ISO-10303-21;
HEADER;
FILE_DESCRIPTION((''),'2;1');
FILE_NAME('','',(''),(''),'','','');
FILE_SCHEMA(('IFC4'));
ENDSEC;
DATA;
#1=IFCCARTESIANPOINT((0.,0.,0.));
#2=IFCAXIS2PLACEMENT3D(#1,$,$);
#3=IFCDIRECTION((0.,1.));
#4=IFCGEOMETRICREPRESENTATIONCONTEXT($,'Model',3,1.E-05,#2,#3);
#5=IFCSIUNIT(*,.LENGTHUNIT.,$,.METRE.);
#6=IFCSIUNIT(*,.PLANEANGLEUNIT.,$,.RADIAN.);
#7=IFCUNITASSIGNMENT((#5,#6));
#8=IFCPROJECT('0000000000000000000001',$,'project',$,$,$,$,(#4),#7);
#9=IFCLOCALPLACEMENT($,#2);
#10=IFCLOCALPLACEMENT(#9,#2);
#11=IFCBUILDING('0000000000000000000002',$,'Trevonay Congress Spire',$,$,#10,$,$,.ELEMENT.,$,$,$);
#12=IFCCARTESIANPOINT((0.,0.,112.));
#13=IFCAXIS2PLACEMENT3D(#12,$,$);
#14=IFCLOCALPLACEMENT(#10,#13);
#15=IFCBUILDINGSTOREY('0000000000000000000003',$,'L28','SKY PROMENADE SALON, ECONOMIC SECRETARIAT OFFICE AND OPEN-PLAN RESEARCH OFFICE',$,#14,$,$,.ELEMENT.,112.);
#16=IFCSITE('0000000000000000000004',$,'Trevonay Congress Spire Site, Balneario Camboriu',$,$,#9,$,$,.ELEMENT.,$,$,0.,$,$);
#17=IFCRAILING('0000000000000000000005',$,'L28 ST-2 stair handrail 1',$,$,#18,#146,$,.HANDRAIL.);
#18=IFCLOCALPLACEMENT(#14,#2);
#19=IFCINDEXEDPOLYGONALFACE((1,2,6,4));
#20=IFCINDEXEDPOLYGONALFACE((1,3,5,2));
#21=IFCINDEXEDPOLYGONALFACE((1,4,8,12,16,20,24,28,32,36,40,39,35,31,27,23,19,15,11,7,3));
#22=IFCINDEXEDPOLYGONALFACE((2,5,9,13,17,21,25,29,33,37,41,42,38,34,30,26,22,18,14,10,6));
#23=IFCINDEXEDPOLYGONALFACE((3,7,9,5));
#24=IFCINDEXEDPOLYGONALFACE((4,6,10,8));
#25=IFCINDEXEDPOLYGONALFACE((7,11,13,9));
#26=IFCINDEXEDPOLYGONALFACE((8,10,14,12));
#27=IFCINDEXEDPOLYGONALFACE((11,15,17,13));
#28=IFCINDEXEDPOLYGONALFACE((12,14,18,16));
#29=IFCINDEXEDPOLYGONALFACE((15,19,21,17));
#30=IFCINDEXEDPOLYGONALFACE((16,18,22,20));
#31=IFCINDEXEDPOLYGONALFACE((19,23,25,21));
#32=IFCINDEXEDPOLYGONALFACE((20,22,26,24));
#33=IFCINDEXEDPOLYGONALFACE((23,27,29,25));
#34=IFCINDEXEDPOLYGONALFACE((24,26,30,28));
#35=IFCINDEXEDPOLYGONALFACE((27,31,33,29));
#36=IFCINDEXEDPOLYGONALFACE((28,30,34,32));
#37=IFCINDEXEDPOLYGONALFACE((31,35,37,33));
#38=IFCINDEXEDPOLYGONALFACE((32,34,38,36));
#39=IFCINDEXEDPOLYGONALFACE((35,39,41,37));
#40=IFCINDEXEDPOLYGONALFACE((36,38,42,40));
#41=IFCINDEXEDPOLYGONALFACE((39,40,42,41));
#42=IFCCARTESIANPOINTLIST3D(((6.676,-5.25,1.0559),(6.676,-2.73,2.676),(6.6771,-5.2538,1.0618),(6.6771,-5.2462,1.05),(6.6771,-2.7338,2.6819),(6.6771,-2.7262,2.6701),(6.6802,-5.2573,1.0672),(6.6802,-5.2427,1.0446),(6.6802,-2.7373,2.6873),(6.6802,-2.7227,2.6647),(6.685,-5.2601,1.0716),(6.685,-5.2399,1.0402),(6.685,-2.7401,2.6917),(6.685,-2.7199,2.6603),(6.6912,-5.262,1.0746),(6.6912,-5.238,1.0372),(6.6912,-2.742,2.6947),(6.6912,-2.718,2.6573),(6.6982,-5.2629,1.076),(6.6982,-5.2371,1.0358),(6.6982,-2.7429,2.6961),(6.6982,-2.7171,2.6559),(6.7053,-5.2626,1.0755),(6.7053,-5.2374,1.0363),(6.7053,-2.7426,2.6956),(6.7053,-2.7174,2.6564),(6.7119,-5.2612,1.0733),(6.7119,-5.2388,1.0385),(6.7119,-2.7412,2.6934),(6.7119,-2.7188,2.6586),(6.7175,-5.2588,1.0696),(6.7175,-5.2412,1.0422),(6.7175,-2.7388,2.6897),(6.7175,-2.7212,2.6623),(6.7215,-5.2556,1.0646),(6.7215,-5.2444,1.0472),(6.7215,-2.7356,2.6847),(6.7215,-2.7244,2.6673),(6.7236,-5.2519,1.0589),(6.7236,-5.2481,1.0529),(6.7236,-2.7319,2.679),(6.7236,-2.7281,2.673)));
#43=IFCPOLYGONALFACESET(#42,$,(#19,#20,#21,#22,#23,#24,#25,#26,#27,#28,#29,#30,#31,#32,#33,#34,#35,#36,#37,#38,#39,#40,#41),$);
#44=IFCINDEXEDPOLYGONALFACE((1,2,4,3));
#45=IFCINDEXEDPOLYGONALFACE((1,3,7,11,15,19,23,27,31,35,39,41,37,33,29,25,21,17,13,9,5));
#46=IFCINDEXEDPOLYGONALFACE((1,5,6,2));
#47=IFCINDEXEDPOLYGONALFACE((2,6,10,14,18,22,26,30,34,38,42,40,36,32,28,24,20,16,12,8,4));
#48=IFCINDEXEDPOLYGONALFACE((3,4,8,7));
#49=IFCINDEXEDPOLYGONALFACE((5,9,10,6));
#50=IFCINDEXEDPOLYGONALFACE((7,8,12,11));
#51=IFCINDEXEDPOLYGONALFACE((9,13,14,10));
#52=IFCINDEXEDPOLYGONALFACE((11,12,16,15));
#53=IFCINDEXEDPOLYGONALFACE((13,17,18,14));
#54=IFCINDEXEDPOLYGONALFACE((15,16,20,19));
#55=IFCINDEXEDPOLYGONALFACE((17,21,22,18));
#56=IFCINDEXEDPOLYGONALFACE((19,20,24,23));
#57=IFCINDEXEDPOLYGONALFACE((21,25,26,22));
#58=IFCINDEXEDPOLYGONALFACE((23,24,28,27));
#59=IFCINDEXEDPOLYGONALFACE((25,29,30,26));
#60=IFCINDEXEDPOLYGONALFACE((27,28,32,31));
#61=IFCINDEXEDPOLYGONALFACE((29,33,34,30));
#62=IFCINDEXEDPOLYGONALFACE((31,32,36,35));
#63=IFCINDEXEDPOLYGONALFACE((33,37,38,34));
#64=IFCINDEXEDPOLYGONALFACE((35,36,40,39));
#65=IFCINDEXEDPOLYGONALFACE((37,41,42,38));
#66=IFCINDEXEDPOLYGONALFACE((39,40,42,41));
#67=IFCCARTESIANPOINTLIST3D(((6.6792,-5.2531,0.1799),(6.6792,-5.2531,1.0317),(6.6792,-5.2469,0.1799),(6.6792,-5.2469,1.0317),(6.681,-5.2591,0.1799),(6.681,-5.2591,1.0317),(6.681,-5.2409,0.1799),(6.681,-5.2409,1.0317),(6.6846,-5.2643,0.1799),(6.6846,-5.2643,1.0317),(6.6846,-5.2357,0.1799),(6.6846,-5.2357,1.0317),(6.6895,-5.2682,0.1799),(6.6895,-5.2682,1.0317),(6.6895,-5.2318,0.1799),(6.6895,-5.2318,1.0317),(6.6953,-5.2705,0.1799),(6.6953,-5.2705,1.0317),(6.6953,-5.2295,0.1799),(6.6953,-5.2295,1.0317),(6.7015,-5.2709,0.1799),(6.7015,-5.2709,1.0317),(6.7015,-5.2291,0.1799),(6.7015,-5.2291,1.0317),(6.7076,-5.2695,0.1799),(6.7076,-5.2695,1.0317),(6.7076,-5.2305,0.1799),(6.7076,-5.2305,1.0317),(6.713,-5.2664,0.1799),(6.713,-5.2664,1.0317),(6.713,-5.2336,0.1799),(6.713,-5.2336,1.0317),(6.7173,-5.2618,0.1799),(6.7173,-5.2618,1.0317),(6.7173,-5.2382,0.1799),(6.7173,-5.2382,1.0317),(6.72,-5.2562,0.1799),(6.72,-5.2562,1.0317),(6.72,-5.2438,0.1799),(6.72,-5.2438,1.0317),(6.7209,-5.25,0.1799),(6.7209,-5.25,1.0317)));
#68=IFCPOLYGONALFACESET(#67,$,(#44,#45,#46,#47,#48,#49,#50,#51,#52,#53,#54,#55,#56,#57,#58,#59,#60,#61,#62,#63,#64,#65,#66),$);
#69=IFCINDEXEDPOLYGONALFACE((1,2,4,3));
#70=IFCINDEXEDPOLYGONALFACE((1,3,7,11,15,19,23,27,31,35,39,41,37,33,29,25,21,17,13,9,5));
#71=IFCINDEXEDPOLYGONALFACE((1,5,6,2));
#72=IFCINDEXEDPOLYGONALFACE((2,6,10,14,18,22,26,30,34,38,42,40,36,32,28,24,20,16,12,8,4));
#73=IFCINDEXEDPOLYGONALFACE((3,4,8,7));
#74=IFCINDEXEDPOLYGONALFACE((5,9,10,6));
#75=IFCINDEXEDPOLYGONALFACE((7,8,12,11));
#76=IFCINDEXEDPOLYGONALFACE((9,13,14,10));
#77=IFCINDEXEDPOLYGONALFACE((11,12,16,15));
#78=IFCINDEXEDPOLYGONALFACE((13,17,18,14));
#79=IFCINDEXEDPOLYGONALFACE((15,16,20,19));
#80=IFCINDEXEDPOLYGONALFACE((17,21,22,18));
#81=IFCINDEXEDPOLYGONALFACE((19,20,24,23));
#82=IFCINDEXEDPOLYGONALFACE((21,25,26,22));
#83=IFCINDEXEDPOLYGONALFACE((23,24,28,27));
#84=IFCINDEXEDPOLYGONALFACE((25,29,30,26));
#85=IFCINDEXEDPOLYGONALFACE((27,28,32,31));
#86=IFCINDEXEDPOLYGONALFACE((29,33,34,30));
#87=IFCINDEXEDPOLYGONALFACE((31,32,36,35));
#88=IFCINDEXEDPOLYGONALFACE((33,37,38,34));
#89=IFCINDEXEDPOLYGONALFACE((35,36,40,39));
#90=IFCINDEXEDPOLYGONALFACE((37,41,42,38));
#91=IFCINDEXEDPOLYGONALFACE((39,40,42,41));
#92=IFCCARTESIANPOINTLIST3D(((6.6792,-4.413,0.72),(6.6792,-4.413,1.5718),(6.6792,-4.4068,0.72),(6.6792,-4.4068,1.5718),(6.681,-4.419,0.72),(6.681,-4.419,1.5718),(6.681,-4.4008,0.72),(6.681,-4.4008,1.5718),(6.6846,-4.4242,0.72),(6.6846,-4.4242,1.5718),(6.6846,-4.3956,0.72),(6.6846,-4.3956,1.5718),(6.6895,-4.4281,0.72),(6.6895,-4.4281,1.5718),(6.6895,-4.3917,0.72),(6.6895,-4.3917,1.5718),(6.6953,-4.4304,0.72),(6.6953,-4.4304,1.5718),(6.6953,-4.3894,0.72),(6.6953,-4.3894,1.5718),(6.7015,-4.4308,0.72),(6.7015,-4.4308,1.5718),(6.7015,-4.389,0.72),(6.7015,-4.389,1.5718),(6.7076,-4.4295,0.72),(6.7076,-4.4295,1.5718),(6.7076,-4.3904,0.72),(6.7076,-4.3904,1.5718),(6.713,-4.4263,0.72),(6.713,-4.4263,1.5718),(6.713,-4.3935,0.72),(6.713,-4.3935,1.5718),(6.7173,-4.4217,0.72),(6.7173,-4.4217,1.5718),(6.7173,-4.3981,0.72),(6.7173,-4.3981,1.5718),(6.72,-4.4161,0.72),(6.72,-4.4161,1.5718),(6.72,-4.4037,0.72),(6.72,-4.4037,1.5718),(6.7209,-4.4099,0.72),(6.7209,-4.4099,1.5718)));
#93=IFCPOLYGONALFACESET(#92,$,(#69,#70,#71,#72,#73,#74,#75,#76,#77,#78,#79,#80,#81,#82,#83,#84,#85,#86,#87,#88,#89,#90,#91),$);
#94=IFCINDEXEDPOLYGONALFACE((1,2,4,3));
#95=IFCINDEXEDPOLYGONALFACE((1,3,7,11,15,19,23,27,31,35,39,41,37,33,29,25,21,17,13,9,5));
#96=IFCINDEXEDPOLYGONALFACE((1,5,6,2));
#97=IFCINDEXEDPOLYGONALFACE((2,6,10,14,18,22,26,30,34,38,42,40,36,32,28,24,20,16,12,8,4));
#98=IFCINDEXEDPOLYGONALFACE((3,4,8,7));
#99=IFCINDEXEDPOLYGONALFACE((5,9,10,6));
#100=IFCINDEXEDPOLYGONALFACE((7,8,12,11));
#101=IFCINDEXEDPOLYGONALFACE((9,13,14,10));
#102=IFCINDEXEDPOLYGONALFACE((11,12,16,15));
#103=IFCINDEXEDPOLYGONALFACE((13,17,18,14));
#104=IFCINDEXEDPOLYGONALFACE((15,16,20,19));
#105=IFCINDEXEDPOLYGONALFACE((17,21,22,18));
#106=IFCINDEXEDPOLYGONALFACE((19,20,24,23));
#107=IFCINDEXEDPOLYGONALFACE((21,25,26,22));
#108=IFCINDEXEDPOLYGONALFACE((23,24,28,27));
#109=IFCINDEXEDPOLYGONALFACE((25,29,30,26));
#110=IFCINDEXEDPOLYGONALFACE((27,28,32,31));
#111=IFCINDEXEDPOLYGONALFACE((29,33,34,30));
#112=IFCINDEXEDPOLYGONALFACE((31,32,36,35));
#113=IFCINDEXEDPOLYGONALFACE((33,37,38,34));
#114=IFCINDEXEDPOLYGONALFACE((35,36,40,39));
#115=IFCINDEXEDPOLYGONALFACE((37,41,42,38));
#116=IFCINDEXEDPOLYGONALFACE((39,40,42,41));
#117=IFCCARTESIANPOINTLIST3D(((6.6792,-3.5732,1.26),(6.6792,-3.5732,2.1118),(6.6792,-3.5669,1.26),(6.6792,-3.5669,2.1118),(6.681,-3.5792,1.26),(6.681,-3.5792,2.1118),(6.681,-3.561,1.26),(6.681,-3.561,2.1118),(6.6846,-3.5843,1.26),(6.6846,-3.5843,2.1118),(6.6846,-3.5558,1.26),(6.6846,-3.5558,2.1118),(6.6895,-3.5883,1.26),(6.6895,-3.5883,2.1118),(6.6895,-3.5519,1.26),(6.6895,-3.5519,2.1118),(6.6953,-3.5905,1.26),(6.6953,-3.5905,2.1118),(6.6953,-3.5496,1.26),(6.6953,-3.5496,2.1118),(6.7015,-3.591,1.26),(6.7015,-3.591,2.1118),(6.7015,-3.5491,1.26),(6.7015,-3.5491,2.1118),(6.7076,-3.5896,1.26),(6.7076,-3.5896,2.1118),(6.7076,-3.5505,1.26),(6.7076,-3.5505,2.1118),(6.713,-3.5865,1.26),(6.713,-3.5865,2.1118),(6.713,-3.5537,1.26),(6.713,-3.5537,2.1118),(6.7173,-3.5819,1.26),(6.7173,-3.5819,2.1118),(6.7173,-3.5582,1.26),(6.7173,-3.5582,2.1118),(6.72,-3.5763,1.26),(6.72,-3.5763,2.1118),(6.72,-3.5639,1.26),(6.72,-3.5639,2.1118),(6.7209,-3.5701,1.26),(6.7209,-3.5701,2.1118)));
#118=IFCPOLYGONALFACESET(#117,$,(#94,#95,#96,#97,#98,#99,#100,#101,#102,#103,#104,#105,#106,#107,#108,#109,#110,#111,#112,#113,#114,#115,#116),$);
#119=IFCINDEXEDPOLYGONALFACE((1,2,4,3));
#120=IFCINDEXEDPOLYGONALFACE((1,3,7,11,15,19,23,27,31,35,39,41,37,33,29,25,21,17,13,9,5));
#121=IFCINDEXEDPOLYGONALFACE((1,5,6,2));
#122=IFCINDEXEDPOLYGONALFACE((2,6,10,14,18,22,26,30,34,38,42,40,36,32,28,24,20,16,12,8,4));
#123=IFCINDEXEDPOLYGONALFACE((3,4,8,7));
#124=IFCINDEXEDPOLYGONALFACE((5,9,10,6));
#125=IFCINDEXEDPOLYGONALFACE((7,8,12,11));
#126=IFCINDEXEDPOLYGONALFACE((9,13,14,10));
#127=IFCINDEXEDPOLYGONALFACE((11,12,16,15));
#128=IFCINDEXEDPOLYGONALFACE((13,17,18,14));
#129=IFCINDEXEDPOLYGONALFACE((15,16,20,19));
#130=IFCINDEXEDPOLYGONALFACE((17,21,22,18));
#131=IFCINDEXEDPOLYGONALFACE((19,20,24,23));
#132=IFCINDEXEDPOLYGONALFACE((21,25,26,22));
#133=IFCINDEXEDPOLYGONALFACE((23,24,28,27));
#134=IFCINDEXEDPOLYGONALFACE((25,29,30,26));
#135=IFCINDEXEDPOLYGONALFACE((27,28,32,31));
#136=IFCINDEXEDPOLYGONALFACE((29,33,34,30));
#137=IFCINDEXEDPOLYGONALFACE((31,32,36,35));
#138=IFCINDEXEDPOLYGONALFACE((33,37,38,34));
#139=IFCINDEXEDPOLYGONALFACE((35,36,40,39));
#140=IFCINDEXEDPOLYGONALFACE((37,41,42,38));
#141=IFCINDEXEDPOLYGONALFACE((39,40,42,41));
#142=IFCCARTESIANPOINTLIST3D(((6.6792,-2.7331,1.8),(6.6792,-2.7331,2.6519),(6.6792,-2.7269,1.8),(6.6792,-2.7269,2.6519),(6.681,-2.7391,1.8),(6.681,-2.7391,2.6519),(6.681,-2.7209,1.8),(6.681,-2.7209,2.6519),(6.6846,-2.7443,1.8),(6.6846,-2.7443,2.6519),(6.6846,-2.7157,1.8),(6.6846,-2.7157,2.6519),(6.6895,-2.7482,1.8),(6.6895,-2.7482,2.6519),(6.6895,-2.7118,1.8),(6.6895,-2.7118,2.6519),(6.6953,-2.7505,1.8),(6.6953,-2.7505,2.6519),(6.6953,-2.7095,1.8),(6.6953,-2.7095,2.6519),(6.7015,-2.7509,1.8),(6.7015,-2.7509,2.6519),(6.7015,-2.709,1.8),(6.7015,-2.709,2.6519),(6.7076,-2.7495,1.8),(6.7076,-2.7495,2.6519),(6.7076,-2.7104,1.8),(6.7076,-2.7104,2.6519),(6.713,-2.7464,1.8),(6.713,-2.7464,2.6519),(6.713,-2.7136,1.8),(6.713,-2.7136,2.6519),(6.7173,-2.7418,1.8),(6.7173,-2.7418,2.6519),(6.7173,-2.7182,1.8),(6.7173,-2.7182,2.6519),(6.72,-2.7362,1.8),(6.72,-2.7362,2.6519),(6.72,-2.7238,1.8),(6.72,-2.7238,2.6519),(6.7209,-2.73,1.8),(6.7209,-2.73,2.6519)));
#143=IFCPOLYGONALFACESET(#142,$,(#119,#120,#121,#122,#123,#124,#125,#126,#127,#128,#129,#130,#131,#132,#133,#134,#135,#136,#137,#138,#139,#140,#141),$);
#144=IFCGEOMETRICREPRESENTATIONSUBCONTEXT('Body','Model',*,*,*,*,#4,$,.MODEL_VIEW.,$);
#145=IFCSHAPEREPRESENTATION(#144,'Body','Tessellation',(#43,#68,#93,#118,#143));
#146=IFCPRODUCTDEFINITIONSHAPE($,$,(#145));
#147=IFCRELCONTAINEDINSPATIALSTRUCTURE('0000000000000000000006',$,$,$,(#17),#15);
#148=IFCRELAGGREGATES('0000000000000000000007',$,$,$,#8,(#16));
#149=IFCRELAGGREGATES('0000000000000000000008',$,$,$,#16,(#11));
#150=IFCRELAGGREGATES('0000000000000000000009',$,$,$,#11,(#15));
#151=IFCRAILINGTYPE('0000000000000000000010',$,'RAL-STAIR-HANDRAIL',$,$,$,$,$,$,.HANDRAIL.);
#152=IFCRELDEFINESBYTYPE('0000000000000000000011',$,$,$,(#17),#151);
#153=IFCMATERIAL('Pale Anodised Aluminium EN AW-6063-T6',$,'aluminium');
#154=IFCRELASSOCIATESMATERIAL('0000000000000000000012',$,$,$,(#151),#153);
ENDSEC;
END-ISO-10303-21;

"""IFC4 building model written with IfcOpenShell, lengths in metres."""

from ifc_helpers import new_model, si_unit, direction, frame, origin, origin_2d, place, context, subcontext, project, spatial, circle, extrude, material, type_object, element, save


model = new_model("IFC4")

# Units and contexts
model_context = context("Model", 3, precision=1e-05, world=origin(), true_north=direction((0.0, 1.0)))
body_context = subcontext(model_context, "Body", "Model", "MODEL_VIEW")
ifc_project = project(units=[si_unit("LENGTHUNIT", "METRE"), si_unit("PLANEANGLEUNIT", "RADIAN")], contexts=[model_context])

# Site, building, storey
site_placement = place(None, origin())
site = spatial("IfcSite", under=ifc_project, at=site_placement, Name="Trevonay Congress Spire Site, Balneario Camboriu", CompositionType="ELEMENT", RefElevation=0.0)
building_placement = place(site_placement, origin())
building = spatial("IfcBuilding", under=site, at=building_placement, Name="Trevonay Congress Spire", CompositionType="ELEMENT")
storey_placement = place(building_placement, frame((0.0, 0.0, 112.0)))
storey = spatial("IfcBuildingStorey", under=building, at=storey_placement, Name="L28", Description="SKY PROMENADE SALON, ECONOMIC SECRETARIAT OFFICE AND OPEN-PLAN RESEARCH OFFICE", CompositionType="ELEMENT", Elevation=112.0)

# Shared definitions
ifc_material_1 = material(Name="Pale Anodised Aluminium EN AW-6063-T6", Category="aluminium")

# Railing
railing_type_1 = type_object("IfcRailingType", Name="RAL-STAIR-HANDRAIL", PredefinedType="HANDRAIL", material=ifc_material_1)
railing_1_placement = place(storey_placement, frame((6.7, -5.25, 0.1799)))
element("IfcRailing", 1, at=railing_1_placement, inside=storey, type_object=railing_type_1, Name="L28 ST-2 stair handrail 1", PredefinedType="HANDRAIL", context=body_context, shape_type="SweptSolid", body=[
    extrude(circle(Radius=0.0239, at=origin_2d()), frame((0.0, 0.0, 0.876), z_axis=(0.0, 0.841163, 0.540782), x_axis=(-1.0, 0.0, 0.0)), (0.0, 0.0, 1.0), 2.9958),
    extrude(circle(Radius=0.021, at=origin_2d()), origin(), (0.0, 0.0, 1.0), 0.8518),
    extrude(circle(Radius=0.021, at=origin_2d()), frame((0.0, 0.8401, 0.54)), (0.0, 0.0, 1.0), 0.8518),
    extrude(circle(Radius=0.021, at=origin_2d()), frame((0.0, 1.6799, 1.0801)), (0.0, 0.0, 1.0), 0.8518),
    extrude(circle(Radius=0.021, at=origin_2d()), frame((0.0, 2.52, 1.6201)), (0.0, 0.0, 1.0), 0.8518),
])

save(model, "model.ifc")
